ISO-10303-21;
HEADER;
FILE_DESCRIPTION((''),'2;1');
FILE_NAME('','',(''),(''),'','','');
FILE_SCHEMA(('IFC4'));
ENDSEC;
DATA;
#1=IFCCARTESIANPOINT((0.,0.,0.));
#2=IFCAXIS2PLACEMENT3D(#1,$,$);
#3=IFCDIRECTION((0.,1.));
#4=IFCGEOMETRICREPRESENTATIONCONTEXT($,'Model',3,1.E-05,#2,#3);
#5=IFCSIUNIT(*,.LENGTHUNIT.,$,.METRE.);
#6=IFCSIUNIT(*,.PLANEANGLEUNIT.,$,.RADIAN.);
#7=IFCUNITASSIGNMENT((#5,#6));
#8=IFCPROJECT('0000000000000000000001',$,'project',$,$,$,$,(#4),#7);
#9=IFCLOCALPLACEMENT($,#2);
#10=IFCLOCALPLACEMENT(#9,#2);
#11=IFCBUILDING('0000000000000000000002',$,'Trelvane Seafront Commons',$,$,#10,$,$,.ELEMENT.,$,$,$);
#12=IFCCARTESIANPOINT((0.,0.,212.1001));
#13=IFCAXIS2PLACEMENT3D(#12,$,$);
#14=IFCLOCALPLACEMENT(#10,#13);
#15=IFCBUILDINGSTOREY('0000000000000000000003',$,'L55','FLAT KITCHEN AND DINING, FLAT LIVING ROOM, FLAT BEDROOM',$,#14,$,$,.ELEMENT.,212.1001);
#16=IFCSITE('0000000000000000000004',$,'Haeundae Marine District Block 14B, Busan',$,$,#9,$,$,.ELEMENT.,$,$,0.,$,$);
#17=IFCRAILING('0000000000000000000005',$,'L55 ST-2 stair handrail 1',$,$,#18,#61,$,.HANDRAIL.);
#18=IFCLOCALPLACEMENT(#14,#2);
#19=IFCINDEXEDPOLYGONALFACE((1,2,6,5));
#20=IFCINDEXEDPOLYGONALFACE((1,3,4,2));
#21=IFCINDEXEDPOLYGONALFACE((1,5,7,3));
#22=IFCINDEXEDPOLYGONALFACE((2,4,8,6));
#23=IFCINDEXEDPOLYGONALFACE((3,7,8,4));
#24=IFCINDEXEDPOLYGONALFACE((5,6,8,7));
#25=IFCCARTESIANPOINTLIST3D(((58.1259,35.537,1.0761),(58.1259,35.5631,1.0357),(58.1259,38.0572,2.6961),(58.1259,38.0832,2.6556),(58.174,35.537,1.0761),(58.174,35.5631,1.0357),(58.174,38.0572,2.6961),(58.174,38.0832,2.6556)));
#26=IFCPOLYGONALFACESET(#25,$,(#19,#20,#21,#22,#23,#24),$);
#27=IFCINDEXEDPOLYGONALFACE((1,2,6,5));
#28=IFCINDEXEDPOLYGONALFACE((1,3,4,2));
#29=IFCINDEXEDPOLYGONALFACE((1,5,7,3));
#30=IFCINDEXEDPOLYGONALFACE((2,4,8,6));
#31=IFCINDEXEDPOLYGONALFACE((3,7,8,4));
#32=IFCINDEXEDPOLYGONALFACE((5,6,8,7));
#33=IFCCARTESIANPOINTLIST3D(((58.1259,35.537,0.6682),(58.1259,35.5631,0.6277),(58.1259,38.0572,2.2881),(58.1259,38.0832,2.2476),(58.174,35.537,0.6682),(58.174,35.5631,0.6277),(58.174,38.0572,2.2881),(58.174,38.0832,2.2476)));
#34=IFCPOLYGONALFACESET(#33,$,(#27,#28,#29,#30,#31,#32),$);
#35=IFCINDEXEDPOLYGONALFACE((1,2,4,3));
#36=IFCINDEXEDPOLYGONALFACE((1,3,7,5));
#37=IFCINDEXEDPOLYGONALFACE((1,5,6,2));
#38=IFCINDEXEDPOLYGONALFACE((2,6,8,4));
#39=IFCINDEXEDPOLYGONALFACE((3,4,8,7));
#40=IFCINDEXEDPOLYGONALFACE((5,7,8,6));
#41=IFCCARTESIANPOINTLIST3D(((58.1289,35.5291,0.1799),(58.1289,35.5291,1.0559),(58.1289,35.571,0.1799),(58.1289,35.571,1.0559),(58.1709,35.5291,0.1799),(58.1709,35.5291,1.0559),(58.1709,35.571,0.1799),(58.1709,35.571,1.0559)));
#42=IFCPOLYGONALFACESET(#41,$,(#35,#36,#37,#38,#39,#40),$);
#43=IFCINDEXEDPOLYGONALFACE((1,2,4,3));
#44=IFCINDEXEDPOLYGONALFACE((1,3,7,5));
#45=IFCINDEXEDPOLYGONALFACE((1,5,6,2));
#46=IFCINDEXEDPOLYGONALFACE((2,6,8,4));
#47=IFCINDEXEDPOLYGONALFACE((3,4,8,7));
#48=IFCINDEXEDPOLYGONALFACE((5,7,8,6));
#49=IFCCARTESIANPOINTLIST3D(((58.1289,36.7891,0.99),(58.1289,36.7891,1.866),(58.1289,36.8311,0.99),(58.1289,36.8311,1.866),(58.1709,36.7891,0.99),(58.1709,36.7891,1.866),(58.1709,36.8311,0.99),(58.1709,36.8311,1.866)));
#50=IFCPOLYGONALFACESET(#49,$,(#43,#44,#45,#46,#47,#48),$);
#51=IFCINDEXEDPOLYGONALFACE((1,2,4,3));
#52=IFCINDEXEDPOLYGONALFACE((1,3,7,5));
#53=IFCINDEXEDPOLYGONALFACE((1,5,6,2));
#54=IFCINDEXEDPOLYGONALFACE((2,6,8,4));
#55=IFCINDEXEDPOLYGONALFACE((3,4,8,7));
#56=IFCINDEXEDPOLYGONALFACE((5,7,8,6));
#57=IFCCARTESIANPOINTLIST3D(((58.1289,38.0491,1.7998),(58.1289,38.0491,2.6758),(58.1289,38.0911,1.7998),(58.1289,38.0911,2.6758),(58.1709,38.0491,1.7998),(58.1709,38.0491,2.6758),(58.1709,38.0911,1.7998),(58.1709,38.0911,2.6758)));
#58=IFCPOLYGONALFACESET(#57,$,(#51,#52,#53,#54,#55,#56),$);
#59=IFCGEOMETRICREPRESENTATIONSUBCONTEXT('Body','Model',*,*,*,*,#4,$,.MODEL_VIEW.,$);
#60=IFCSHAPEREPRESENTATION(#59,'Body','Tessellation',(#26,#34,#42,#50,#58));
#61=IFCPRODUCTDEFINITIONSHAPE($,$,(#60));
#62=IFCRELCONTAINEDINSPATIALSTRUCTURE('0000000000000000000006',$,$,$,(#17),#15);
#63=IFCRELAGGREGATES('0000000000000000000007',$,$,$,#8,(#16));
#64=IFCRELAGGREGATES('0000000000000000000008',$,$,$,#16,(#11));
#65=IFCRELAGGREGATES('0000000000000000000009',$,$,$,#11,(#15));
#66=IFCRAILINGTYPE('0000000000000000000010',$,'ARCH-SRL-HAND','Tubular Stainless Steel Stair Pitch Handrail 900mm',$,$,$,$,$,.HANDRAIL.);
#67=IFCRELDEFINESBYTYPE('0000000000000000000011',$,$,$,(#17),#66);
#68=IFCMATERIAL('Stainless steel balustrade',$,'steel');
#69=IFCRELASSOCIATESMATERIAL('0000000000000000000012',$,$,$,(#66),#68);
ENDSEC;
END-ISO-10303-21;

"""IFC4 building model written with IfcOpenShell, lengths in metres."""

from ifc_helpers import new_model, si_unit, direction, frame, origin, origin_2d, place, context, subcontext, project, spatial, rectangle, extrude, material, type_object, element, save


model = new_model("IFC4")

# Units and contexts
model_context = context("Model", 3, precision=1e-05, world=origin(), true_north=direction((0.0, 1.0)))
body_context = subcontext(model_context, "Body", "Model", "MODEL_VIEW")
ifc_project = project(units=[si_unit("LENGTHUNIT", "METRE"), si_unit("PLANEANGLEUNIT", "RADIAN")], contexts=[model_context])

# Site, building, storey
site_placement = place(None, origin())
site = spatial("IfcSite", under=ifc_project, at=site_placement, Name="Haeundae Marine District Block 14B, Busan", CompositionType="ELEMENT", RefElevation=0.0)
building_placement = place(site_placement, origin())
building = spatial("IfcBuilding", under=site, at=building_placement, Name="Trelvane Seafront Commons", CompositionType="ELEMENT")
storey_placement = place(building_placement, frame((0.0, 0.0, 212.1001)))
storey = spatial("IfcBuildingStorey", under=building, at=storey_placement, Name="L55", Description="FLAT KITCHEN AND DINING, FLAT LIVING ROOM, FLAT BEDROOM", CompositionType="ELEMENT", Elevation=212.1001)

# Railing
ifc_material_1 = material(Name="Stainless steel balustrade", Category="steel")
railing_type_1 = type_object("IfcRailingType", Name="ARCH-SRL-HAND", Description="Tubular Stainless Steel Stair Pitch Handrail 900mm", PredefinedType="HANDRAIL", material=ifc_material_1)
railing_1_placement = place(storey_placement, frame((58.1499, 35.55, 0.1799)))
element("IfcRailing", 1, at=railing_1_placement, inside=storey, type_object=railing_type_1, Name="L55 ST-2 stair handrail 1", PredefinedType="HANDRAIL", context=body_context, shape_type="SweptSolid", body=[
    extrude(rectangle(XDim=0.0481, YDim=0.0481, at=origin_2d()), frame((0.0, 0.0, 0.876), z_axis=(0.0, 0.8412, 0.540725), x_axis=(-1.0, 0.0, 0.0)), (0.0, 0.0, 1.0), 2.9958),
    extrude(rectangle(XDim=0.0481, YDim=0.0481, at=origin_2d()), frame((0.0, 0.0, 0.468), z_axis=(0.0, 0.8412, 0.540725), x_axis=(-1.0, 0.0, 0.0)), (0.0, 0.0, 1.0), 2.9958),
    extrude(rectangle(XDim=0.042, YDim=0.042, at=origin_2d()), origin(), (0.0, 0.0, 1.0), 0.876),
    extrude(rectangle(XDim=0.042, YDim=0.042, at=origin_2d()), frame((0.0, 1.26, 0.8101)), (0.0, 0.0, 1.0), 0.876),
    extrude(rectangle(XDim=0.042, YDim=0.042, at=origin_2d()), frame((0.0, 2.52, 1.6199)), (0.0, 0.0, 1.0), 0.876),
])

save(model, "model.ifc")
